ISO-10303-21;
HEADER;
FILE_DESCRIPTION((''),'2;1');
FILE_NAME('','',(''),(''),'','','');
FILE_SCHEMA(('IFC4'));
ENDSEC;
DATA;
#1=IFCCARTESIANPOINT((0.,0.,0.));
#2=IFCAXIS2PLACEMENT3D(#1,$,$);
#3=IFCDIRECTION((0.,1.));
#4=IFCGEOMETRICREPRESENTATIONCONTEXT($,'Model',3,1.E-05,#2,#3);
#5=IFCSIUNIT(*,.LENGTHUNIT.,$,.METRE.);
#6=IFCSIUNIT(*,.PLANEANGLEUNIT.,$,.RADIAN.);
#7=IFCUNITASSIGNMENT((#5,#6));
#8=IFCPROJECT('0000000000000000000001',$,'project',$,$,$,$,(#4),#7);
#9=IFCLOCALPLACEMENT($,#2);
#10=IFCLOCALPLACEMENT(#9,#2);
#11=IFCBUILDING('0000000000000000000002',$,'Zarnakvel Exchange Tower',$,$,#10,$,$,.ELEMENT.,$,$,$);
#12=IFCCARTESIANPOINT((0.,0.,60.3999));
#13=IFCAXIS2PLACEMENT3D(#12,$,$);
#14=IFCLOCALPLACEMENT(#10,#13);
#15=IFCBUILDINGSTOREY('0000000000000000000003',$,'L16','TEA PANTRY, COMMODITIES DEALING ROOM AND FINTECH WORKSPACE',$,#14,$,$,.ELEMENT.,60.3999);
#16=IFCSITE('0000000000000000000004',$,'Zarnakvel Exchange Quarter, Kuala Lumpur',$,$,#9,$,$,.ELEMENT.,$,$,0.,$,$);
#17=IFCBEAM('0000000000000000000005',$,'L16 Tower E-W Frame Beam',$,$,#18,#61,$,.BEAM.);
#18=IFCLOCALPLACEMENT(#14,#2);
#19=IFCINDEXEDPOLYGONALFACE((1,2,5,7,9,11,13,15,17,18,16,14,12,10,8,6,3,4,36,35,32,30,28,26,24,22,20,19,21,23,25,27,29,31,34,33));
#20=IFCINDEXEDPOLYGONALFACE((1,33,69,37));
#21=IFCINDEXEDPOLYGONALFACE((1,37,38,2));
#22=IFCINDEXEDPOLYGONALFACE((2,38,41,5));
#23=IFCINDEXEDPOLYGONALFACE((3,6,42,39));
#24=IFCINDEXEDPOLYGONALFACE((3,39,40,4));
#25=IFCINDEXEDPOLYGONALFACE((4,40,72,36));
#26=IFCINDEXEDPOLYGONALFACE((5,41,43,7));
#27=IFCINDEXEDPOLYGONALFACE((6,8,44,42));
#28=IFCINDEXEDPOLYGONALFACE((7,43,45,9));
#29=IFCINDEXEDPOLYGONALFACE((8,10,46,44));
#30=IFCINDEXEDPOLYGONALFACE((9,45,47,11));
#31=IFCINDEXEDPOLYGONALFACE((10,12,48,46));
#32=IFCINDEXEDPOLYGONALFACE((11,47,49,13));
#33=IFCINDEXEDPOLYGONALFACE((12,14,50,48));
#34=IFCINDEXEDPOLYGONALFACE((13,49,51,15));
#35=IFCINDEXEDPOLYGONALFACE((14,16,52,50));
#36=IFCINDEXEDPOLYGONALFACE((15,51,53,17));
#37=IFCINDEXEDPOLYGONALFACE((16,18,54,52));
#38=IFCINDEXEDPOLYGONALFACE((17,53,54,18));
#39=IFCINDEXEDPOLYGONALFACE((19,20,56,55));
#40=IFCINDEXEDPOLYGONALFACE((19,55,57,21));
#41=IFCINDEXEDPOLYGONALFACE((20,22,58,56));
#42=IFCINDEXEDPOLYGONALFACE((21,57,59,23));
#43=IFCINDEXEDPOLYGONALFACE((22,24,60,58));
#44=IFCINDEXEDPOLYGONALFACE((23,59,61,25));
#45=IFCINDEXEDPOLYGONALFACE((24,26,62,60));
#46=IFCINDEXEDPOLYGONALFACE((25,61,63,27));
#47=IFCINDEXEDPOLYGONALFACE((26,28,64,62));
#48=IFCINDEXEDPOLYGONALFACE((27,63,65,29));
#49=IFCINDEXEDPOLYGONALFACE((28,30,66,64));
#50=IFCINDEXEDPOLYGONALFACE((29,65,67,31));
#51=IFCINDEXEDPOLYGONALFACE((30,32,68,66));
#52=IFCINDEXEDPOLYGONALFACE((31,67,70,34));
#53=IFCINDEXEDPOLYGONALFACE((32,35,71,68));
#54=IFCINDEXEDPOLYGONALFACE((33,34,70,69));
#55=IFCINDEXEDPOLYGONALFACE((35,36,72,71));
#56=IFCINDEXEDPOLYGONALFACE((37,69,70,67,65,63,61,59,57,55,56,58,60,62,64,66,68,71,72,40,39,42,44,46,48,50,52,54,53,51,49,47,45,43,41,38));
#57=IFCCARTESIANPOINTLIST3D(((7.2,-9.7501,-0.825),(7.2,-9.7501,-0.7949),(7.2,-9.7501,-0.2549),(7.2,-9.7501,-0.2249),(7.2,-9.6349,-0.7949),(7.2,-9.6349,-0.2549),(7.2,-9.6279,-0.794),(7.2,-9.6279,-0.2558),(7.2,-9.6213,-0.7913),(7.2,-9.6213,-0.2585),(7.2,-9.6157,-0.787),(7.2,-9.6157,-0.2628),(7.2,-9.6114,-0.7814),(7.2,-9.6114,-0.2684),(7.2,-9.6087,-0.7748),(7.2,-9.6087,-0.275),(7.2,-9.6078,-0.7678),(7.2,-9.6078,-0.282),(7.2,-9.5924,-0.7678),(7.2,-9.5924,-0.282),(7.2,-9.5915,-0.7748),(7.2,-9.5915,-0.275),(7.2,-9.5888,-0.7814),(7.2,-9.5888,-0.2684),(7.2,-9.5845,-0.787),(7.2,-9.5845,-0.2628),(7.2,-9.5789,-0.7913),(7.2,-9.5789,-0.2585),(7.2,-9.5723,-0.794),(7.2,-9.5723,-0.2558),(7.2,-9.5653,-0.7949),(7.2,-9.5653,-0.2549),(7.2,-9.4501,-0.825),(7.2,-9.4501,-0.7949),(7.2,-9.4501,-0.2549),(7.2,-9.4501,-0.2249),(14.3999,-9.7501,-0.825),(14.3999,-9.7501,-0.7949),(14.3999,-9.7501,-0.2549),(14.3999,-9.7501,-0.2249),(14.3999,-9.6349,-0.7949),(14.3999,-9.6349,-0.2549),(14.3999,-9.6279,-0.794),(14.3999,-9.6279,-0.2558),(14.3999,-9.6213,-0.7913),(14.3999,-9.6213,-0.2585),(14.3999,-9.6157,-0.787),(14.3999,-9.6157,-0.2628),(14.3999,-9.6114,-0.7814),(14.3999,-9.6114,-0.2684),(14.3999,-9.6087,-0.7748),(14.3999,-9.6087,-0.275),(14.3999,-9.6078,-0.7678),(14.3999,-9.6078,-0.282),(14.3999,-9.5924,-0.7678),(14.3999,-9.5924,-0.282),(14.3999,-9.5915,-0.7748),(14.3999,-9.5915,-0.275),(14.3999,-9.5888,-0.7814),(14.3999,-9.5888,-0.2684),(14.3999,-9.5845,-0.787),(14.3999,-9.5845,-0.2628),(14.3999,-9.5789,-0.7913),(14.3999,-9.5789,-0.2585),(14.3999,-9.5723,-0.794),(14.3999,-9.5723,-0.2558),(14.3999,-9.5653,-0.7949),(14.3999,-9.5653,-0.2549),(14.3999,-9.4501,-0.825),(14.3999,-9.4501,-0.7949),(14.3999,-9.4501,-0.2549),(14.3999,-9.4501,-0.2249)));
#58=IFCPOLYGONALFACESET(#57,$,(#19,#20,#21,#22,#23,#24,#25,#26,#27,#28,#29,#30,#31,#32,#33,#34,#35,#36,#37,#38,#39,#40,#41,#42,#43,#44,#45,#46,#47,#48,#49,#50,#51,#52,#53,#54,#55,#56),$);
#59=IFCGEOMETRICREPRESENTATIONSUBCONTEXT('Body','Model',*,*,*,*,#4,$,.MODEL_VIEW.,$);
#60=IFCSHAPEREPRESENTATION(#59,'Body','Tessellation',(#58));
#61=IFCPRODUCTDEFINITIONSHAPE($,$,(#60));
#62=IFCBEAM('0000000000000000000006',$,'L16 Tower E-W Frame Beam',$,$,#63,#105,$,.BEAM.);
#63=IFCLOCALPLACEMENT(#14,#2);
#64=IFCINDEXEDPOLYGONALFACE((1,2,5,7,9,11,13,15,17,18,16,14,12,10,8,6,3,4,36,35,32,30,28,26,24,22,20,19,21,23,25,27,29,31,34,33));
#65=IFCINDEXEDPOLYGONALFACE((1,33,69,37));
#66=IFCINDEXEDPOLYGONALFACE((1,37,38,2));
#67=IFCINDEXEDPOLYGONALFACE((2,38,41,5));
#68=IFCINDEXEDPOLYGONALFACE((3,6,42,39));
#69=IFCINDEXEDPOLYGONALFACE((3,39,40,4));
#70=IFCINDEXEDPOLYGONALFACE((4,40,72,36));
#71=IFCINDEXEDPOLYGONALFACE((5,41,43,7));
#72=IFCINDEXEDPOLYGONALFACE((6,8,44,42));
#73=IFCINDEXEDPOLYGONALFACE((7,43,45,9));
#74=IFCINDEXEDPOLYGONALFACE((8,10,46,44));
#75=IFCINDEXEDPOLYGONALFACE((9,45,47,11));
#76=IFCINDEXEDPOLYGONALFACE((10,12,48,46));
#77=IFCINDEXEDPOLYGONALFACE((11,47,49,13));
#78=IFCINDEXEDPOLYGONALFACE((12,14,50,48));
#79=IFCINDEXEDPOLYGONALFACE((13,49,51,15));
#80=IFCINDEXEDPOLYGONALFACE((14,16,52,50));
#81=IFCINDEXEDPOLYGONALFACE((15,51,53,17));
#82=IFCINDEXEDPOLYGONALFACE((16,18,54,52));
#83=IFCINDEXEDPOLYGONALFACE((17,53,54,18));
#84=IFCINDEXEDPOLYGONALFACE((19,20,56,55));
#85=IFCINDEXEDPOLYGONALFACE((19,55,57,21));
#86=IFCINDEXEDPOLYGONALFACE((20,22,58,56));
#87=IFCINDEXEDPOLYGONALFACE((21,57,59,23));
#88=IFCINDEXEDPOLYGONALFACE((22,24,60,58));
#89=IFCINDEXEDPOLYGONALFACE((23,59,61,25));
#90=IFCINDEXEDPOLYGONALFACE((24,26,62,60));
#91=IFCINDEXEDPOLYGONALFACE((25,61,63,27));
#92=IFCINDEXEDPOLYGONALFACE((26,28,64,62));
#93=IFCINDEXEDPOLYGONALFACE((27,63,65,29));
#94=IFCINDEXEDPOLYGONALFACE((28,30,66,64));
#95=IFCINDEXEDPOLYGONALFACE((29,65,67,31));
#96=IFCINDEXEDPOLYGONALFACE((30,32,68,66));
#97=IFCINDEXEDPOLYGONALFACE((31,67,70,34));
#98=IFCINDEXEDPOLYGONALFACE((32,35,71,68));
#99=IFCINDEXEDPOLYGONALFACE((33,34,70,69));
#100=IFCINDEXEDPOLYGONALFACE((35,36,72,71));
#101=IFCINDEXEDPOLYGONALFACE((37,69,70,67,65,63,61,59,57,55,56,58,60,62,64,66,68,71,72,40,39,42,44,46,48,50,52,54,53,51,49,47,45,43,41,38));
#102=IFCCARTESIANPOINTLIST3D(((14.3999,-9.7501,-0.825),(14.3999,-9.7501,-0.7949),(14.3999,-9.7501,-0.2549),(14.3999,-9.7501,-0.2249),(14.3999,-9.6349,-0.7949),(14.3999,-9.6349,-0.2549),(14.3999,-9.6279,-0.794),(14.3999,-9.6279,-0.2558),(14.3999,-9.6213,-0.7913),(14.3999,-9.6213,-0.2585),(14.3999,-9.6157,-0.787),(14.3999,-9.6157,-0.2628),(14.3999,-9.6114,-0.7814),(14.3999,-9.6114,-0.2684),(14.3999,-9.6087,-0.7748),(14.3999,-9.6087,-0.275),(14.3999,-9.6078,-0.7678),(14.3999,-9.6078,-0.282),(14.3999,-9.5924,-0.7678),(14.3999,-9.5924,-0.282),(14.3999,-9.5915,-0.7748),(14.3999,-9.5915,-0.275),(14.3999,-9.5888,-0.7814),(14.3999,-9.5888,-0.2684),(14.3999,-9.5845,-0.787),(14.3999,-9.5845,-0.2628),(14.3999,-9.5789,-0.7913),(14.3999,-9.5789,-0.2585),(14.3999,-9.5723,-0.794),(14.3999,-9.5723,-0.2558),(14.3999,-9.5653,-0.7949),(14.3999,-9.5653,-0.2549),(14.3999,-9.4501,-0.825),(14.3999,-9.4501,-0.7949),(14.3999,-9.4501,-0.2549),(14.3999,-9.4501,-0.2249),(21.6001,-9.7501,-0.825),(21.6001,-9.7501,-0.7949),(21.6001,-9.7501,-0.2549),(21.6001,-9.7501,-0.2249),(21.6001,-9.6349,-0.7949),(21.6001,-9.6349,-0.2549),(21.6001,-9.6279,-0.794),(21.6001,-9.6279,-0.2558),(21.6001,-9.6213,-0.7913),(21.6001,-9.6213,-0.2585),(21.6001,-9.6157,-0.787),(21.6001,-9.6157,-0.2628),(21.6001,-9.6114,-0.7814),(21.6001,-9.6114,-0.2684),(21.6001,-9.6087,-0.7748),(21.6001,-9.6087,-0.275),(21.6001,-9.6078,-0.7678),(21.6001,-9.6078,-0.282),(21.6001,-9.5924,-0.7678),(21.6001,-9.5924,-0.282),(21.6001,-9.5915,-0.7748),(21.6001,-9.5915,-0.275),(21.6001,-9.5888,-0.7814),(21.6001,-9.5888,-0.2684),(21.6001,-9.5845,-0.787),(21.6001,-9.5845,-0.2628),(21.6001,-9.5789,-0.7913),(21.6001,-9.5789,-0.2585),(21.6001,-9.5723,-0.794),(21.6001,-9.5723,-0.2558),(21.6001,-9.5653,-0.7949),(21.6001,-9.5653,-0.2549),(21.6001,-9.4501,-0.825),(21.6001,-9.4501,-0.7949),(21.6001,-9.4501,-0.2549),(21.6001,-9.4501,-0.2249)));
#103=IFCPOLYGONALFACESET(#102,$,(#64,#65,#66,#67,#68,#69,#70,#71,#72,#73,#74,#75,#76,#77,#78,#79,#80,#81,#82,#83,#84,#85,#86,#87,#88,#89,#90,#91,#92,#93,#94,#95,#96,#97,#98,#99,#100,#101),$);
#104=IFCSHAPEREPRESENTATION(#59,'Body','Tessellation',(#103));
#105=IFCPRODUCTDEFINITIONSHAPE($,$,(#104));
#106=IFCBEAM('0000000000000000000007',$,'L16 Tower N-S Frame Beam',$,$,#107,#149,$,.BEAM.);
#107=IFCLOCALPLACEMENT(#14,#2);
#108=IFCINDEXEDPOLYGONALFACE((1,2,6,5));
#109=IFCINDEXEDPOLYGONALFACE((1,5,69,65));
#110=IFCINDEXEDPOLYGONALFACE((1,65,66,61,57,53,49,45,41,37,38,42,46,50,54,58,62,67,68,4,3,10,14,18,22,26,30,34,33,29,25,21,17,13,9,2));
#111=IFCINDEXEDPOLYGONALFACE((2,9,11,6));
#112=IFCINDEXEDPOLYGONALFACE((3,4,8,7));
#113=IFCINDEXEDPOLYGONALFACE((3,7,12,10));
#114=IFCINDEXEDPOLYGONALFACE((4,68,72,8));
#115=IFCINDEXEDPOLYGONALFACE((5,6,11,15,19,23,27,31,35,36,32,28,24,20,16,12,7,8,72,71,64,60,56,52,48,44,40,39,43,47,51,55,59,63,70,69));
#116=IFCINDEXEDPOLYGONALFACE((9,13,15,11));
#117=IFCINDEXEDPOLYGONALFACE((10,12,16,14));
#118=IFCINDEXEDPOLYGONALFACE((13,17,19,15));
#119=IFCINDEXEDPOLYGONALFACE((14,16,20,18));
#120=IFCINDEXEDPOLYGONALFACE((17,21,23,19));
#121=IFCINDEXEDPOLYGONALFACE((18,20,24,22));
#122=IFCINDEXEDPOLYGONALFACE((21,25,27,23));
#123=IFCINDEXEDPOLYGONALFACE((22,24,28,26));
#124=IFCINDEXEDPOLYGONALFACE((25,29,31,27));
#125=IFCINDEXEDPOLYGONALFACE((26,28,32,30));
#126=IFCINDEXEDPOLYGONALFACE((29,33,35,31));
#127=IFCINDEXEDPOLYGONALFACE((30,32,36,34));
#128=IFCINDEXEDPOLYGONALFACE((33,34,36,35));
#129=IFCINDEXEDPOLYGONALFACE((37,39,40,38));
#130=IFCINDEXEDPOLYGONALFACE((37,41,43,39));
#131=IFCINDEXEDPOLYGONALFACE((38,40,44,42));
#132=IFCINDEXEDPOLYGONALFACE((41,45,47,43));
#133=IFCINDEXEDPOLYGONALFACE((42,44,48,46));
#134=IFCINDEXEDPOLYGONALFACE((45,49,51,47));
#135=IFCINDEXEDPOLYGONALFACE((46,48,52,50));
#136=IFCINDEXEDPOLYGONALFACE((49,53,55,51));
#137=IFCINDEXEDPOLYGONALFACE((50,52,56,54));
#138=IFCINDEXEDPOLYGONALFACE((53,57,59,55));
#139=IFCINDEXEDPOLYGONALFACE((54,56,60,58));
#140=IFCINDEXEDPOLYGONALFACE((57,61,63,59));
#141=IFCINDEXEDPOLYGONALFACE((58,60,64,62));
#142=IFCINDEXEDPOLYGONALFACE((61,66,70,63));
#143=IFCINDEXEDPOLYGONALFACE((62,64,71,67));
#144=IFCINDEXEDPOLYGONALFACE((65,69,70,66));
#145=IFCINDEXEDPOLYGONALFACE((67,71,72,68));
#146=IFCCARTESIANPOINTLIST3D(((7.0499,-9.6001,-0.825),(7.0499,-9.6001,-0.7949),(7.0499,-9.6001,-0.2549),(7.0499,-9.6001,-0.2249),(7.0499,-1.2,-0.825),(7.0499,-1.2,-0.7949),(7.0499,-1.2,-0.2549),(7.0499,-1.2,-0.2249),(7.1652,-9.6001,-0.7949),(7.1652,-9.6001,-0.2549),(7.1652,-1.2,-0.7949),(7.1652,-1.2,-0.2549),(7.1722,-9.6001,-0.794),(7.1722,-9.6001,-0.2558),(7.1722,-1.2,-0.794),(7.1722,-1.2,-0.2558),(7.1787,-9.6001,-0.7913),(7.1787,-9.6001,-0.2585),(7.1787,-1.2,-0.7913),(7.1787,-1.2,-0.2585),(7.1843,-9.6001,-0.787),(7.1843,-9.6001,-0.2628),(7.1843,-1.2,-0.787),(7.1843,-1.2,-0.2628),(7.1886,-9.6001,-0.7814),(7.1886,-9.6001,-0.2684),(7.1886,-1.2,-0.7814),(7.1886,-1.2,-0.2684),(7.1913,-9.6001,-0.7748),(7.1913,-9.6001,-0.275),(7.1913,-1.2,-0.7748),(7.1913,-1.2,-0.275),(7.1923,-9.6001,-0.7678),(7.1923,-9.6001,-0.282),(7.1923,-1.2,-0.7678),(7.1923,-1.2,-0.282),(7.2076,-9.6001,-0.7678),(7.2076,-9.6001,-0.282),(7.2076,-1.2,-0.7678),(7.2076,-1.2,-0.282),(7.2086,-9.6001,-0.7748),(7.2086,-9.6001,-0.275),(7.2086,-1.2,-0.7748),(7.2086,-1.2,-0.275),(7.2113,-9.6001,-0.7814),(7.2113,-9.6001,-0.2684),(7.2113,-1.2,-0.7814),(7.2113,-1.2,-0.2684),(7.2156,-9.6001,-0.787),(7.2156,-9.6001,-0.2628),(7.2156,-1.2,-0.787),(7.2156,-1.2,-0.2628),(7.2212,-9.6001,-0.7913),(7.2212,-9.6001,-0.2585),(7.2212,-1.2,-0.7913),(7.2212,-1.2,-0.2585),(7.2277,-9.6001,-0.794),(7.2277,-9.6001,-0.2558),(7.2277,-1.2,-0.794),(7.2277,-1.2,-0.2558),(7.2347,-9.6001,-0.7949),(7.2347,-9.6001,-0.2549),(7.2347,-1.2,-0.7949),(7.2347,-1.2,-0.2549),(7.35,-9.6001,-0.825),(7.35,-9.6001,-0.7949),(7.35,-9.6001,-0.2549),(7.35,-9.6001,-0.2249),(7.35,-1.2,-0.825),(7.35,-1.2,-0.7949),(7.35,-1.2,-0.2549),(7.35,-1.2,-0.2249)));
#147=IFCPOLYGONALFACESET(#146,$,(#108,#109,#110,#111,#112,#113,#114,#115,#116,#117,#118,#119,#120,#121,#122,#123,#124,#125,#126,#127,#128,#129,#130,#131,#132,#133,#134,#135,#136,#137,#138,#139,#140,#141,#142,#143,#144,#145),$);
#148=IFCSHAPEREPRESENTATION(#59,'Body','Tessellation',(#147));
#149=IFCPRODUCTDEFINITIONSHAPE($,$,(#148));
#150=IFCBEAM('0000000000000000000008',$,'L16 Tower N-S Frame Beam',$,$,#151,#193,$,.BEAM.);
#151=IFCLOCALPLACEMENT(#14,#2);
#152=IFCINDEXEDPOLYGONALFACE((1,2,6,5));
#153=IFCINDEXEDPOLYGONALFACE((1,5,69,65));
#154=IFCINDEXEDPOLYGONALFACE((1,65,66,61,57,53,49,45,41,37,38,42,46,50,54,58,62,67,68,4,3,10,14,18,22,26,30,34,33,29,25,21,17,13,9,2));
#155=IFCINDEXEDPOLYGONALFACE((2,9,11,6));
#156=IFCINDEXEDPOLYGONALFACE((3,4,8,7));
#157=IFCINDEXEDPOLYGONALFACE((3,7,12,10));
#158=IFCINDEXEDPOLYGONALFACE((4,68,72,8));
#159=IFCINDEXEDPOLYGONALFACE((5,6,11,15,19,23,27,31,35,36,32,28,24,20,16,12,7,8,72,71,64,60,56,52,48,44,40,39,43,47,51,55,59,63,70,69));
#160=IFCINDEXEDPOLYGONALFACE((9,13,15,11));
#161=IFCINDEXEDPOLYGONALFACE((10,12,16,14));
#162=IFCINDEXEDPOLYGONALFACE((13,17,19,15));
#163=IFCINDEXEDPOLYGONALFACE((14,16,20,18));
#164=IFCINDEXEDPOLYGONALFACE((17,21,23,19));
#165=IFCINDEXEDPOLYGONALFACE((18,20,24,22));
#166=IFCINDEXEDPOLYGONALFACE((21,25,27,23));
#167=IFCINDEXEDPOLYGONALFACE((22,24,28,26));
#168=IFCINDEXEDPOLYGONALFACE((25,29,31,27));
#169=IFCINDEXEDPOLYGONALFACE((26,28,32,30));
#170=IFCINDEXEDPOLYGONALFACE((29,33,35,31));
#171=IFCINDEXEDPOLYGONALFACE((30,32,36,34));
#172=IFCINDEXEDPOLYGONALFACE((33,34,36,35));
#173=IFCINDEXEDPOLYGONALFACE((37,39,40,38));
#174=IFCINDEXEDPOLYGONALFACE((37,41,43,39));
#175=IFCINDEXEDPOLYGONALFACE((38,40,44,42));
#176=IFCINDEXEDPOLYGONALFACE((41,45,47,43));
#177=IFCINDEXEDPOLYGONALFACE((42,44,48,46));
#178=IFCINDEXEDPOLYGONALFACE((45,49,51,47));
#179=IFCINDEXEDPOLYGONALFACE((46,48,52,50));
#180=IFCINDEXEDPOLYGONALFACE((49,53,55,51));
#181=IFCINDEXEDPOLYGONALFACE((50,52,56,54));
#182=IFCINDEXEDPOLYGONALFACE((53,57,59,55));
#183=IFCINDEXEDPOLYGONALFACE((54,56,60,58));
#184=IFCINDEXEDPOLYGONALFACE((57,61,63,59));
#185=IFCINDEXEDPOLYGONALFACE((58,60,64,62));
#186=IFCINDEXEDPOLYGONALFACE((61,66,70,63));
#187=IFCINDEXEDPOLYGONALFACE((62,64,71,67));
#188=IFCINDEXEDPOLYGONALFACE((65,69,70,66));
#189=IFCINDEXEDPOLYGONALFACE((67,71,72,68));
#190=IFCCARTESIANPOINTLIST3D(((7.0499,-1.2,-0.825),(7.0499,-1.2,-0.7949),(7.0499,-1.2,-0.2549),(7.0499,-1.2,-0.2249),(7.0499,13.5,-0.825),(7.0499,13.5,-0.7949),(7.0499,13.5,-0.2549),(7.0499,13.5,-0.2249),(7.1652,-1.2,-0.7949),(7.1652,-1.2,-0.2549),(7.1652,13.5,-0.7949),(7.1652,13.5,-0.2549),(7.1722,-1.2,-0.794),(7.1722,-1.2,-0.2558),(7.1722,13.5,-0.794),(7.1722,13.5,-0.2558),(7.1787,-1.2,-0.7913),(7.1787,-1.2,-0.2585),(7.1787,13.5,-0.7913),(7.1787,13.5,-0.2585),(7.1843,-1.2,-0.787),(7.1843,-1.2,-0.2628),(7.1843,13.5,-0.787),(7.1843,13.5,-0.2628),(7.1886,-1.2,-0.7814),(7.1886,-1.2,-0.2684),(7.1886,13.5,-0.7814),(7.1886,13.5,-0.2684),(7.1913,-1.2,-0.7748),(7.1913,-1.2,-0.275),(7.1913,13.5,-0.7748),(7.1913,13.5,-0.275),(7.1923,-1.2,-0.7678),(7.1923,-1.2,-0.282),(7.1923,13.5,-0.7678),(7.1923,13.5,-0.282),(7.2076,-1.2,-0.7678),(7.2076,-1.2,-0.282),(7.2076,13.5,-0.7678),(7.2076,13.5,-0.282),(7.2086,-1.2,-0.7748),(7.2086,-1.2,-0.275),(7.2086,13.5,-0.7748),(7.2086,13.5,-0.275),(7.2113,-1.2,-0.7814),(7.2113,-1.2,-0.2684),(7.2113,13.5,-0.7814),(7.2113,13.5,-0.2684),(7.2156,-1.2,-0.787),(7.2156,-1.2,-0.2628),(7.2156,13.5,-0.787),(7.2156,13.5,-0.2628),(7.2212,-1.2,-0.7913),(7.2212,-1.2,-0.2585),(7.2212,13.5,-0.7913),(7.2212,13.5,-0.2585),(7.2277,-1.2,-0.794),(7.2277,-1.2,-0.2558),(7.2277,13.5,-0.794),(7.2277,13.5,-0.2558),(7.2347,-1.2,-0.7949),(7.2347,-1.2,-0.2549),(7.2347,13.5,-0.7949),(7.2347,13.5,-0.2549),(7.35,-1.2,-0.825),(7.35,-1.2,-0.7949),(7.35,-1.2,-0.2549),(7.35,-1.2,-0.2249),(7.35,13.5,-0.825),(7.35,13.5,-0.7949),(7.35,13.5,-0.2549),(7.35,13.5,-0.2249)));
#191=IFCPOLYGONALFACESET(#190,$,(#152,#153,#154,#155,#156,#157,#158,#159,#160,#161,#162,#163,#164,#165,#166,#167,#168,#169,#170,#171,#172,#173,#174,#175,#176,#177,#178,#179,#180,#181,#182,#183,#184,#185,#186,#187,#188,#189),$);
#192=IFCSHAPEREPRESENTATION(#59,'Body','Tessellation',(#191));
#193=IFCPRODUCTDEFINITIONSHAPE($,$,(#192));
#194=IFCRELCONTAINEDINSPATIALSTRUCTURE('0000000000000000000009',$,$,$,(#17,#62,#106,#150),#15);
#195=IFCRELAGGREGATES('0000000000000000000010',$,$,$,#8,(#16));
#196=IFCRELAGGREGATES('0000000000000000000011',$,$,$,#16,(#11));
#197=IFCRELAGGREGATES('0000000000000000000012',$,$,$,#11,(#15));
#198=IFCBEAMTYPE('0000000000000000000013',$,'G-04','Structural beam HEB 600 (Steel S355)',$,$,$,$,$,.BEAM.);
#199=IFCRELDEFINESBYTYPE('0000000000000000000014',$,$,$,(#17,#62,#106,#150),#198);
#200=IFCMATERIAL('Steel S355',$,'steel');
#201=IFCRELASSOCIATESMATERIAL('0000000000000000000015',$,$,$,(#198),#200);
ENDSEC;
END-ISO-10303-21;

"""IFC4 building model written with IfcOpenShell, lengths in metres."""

from ifc_helpers import new_model, si_unit, direction, frame, origin, origin_2d, place, context, subcontext, project, spatial, i_section, extrude, material, material_profile, profile_set, type_object, element, save


model = new_model("IFC4")

# Units and contexts
model_context = context("Model", 3, precision=1e-05, world=origin(), true_north=direction((0.0, 1.0)))
body_context = subcontext(model_context, "Body", "Model", "MODEL_VIEW")
ifc_project = project(units=[si_unit("LENGTHUNIT", "METRE"), si_unit("PLANEANGLEUNIT", "RADIAN")], contexts=[model_context])

# Site, building, storey
site_placement = place(None, origin())
site = spatial("IfcSite", under=ifc_project, at=site_placement, Name="Zarnakvel Exchange Quarter, Kuala Lumpur", CompositionType="ELEMENT", RefElevation=0.0)
building_placement = place(site_placement, origin())
building = spatial("IfcBuilding", under=site, at=building_placement, Name="Zarnakvel Exchange Tower", CompositionType="ELEMENT")
storey_placement = place(building_placement, frame((0.0, 0.0, 60.3999)))
storey = spatial("IfcBuildingStorey", under=building, at=storey_placement, Name="L16", Description="TEA PANTRY, COMMODITIES DEALING ROOM AND FINTECH WORKSPACE", CompositionType="ELEMENT", Elevation=60.3999)

# Beams
ifc_material_1 = material(Name="Steel S355", Category="steel")
ifc_material_profile_1 = material_profile(ifc_material_1, i_section(OverallWidth=0.3, OverallDepth=0.6001, WebThickness=0.0154, FlangeThickness=0.03, FilletRadius=0.0271, at=origin_2d()))
ifc_profile_set_1 = profile_set([ifc_material_profile_1], Name="Steel S355")
beam_type_1 = type_object("IfcBeamType", Name="G-04", Description="Structural beam HEB 600 (Steel S355)", PredefinedType="BEAM", material=ifc_profile_set_1)
beam_1_placement = place(storey_placement, frame((7.2, -9.6001, -0.5249), z_axis=(1.0, 0.0, 0.0), x_axis=(0.0, 1.0, 0.0)))
element("IfcBeam", 1, at=beam_1_placement, inside=storey, type_object=beam_type_1, Name="L16 Tower E-W Frame Beam", PredefinedType="BEAM", context=body_context, shape_type="SweptSolid", body=[
    extrude(i_section(OverallWidth=0.3, OverallDepth=0.6001, WebThickness=0.0154, FlangeThickness=0.03, FilletRadius=0.0271, at=origin_2d()), origin(), (0.0, 0.0, 1.0), 7.2),
])
beam_2_placement = place(storey_placement, frame((14.3999, -9.6001, -0.5249), z_axis=(1.0, 0.0, 0.0), x_axis=(0.0, 1.0, 0.0)))
element("IfcBeam", 2, at=beam_2_placement, inside=storey, type_object=beam_type_1, Name="L16 Tower E-W Frame Beam", PredefinedType="BEAM", context=body_context, shape_type="SweptSolid", body=[
    extrude(i_section(OverallWidth=0.3, OverallDepth=0.6001, WebThickness=0.0154, FlangeThickness=0.03, FilletRadius=0.0271, at=origin_2d()), origin(), (0.0, 0.0, 1.0), 7.2002),
])
beam_3_placement = place(storey_placement, frame((7.2, -9.6001, -0.5249), z_axis=(0.0, 1.0, 0.0), x_axis=(-1.0, 0.0, 0.0)))
element("IfcBeam", 3, at=beam_3_placement, inside=storey, type_object=beam_type_1, Name="L16 Tower N-S Frame Beam", PredefinedType="BEAM", context=body_context, shape_type="SweptSolid", body=[
    extrude(i_section(OverallWidth=0.3, OverallDepth=0.6001, WebThickness=0.0154, FlangeThickness=0.03, FilletRadius=0.0271, at=origin_2d()), origin(), (0.0, 0.0, 1.0), 8.4001),
])
beam_4_placement = place(storey_placement, frame((7.2, -1.2, -0.5249), z_axis=(0.0, 1.0, 0.0), x_axis=(-1.0, 0.0, 0.0)))
element("IfcBeam", 4, at=beam_4_placement, inside=storey, type_object=beam_type_1, Name="L16 Tower N-S Frame Beam", PredefinedType="BEAM", context=body_context, shape_type="SweptSolid", body=[
    extrude(i_section(OverallWidth=0.3, OverallDepth=0.6001, WebThickness=0.0154, FlangeThickness=0.03, FilletRadius=0.0271, at=origin_2d()), origin(), (0.0, 0.0, 1.0), 14.7),
])

save(model, "model.ifc")
